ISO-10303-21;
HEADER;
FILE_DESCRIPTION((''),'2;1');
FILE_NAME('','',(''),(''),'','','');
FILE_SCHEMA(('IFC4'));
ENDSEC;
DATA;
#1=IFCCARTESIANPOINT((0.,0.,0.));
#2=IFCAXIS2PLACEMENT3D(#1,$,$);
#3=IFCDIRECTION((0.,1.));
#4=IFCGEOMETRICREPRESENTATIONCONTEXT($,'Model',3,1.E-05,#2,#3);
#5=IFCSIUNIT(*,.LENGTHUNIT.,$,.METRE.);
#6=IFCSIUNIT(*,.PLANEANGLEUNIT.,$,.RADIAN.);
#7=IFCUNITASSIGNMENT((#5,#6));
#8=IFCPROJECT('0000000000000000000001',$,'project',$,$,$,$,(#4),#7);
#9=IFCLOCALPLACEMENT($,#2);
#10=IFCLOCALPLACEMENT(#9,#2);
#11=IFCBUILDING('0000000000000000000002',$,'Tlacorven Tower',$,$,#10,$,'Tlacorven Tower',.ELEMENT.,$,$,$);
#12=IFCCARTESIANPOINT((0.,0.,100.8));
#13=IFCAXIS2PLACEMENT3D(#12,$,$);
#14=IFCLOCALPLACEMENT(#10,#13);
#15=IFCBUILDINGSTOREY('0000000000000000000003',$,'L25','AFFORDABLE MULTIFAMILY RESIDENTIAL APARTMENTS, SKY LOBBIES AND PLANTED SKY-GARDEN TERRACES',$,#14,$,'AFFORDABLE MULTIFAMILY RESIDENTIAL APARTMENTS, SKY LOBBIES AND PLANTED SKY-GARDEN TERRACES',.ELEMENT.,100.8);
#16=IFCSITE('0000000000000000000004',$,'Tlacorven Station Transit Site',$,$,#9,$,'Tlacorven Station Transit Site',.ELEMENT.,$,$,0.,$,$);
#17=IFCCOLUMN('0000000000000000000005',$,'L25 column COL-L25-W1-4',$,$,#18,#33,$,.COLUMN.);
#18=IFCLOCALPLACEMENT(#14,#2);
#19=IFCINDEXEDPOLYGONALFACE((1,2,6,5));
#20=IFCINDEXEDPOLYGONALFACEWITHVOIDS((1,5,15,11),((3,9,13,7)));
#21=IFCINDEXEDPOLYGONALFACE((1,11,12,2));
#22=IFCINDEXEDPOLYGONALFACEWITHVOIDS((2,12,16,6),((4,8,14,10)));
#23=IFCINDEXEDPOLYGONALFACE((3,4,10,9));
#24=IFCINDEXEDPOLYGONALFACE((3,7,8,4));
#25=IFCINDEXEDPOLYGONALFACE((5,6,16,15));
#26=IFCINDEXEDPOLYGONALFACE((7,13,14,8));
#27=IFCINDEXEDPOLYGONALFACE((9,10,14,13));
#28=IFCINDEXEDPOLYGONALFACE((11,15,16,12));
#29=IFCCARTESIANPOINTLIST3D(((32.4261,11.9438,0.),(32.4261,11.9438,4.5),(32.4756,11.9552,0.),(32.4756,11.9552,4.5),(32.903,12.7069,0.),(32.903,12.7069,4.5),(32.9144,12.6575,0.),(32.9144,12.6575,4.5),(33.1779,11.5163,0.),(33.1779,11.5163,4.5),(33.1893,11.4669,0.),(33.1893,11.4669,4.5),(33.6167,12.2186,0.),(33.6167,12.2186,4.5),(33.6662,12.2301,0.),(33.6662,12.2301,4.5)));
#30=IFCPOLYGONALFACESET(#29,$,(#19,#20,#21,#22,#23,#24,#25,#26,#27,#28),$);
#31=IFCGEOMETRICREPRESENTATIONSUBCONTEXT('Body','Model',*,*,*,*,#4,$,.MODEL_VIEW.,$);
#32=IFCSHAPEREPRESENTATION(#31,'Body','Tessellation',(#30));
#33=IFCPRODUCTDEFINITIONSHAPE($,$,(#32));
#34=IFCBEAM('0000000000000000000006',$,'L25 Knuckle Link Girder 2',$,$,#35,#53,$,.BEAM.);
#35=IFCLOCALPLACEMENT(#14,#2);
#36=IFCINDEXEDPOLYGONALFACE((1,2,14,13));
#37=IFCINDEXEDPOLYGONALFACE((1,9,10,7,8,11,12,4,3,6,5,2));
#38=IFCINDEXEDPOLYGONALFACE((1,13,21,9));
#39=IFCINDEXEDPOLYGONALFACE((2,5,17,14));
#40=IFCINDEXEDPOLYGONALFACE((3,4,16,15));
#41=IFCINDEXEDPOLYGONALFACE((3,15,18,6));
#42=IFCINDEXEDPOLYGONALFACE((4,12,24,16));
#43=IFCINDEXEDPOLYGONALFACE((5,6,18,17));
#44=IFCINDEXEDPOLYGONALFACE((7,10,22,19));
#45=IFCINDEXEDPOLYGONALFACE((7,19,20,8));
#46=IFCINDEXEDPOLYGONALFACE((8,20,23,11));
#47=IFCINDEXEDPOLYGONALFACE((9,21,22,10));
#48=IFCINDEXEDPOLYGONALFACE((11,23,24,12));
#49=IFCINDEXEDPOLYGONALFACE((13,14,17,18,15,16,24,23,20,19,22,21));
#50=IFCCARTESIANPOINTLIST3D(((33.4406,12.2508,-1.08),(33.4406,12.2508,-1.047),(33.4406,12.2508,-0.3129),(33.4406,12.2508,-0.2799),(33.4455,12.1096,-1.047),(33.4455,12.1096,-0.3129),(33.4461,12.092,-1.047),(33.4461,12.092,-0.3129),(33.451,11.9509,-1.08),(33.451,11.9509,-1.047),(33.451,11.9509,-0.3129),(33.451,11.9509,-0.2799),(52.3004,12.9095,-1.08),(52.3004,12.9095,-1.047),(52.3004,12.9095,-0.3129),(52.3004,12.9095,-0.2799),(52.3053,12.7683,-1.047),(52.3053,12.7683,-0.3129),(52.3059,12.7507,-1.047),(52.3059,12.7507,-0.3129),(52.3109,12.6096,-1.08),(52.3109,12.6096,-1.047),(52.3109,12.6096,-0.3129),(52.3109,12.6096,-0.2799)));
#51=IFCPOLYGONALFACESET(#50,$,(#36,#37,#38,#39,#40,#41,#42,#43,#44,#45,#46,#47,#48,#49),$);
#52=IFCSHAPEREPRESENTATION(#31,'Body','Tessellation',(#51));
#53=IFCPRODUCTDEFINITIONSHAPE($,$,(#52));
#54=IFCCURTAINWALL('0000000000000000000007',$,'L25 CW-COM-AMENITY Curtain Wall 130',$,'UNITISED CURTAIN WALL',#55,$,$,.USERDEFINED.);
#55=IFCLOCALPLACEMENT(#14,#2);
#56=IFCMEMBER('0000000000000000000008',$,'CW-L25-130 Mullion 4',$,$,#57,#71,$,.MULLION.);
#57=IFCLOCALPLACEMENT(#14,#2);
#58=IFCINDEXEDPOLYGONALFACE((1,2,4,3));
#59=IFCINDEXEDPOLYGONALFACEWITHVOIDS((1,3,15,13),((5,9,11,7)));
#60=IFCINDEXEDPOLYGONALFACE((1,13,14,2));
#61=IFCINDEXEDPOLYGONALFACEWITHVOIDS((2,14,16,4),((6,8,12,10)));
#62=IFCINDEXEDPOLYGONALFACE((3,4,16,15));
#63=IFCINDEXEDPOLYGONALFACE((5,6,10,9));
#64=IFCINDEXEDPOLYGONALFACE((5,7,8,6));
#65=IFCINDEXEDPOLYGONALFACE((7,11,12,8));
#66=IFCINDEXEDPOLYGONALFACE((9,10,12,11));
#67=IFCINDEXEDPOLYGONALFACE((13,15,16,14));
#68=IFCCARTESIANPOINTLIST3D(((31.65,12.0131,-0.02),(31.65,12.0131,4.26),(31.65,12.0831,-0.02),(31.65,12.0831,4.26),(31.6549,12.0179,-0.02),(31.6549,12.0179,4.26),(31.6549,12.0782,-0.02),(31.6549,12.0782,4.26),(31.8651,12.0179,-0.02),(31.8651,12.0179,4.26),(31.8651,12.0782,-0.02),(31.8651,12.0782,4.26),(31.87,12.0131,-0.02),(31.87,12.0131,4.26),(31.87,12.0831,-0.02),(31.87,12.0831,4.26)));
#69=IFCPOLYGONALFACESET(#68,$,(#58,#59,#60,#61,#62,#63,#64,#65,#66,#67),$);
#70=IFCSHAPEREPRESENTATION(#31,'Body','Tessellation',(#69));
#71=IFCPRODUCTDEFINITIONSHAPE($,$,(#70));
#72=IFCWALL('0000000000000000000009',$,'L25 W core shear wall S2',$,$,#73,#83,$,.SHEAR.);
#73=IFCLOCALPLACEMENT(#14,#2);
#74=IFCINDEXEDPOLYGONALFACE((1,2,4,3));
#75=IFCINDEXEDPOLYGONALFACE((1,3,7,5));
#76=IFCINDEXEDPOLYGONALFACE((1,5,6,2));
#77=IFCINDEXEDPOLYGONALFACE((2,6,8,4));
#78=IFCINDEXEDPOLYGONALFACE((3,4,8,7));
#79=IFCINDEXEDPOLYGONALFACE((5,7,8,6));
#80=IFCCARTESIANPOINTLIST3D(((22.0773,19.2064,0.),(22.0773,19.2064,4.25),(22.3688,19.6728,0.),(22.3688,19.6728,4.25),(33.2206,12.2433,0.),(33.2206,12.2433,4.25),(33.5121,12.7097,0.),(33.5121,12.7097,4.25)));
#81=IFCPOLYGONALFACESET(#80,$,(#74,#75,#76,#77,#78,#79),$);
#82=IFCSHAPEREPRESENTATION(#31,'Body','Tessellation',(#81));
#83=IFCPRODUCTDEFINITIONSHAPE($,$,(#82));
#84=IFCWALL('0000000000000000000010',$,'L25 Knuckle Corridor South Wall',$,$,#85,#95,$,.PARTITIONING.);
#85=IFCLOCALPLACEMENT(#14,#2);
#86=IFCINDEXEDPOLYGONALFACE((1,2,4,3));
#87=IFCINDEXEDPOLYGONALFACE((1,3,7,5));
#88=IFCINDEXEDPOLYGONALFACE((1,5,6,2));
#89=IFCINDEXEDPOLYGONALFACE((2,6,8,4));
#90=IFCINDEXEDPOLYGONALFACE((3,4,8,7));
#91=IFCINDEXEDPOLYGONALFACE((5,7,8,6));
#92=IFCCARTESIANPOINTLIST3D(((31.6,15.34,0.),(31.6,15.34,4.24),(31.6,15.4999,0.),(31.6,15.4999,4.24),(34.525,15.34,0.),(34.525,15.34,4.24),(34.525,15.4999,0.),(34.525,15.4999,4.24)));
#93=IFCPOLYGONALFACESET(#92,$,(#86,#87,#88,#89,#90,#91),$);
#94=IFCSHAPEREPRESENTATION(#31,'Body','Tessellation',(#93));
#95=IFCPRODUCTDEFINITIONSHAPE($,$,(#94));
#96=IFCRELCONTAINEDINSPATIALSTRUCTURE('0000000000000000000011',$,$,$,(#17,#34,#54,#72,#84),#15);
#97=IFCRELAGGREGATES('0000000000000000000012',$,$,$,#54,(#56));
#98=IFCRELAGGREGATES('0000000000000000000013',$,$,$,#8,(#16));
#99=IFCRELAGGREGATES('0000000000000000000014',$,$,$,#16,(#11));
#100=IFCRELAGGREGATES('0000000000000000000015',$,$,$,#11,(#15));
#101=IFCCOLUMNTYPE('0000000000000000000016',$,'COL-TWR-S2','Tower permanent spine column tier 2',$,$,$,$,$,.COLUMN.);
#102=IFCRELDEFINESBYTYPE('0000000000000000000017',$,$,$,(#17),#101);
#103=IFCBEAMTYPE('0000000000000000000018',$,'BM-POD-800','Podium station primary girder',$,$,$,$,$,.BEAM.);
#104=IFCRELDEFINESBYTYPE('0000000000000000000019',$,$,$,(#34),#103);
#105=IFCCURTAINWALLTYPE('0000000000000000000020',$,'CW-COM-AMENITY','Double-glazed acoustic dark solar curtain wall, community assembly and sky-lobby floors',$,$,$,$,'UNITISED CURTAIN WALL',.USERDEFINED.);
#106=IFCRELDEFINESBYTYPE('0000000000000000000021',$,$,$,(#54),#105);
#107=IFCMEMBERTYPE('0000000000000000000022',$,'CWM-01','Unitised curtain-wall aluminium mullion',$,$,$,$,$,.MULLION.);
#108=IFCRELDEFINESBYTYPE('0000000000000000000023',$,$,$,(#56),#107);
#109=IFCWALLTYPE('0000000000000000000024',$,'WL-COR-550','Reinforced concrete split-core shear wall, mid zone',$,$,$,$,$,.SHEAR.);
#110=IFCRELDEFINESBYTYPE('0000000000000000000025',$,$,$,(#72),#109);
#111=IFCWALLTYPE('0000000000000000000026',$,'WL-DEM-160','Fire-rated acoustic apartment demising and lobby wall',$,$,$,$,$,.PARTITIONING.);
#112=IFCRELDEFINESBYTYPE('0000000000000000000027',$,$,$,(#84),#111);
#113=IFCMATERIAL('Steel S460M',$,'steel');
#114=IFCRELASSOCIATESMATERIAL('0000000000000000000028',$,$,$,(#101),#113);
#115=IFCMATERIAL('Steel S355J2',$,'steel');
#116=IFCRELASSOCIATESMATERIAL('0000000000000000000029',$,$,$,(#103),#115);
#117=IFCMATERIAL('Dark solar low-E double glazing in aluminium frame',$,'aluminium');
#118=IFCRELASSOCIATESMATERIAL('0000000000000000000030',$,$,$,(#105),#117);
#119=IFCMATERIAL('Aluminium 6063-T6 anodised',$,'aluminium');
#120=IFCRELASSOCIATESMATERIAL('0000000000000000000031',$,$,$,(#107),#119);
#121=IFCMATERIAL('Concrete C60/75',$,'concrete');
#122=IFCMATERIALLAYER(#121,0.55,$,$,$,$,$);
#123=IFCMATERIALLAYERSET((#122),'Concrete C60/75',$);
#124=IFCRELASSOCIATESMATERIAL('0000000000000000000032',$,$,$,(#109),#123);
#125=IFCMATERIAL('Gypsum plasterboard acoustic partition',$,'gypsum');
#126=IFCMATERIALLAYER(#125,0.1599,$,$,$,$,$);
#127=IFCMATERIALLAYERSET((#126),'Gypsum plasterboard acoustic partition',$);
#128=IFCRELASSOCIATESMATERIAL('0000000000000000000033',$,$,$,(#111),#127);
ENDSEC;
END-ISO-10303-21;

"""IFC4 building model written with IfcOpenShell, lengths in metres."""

from ifc_helpers import new_model, si_unit, direction, frame, frame_2d, origin, origin_2d, place, context, subcontext, project, spatial, rectangle, hollow_rectangle, i_section, extrude, source, transform, mapped, material, layer, layer_set, material_profile, profile_set, type_object, element, aggregate, save


model = new_model("IFC4")

# Units and contexts
model_context = context("Model", 3, precision=1e-05, world=origin(), true_north=direction((0.0, 1.0)))
body_context = subcontext(model_context, "Body", "Model", "MODEL_VIEW")
ifc_project = project(units=[si_unit("LENGTHUNIT", "METRE"), si_unit("PLANEANGLEUNIT", "RADIAN")], contexts=[model_context])

# Site, building, storey
site_placement = place(None, origin())
site = spatial("IfcSite", under=ifc_project, at=site_placement, Name="Tlacorven Station Transit Site", LongName="Tlacorven Station Transit Site", CompositionType="ELEMENT", RefElevation=0.0)
building_placement = place(site_placement, origin())
building = spatial("IfcBuilding", under=site, at=building_placement, Name="Tlacorven Tower", LongName="Tlacorven Tower", CompositionType="ELEMENT")
storey_placement = place(building_placement, frame((0.0, 0.0, 100.8)))
storey = spatial("IfcBuildingStorey", under=building, at=storey_placement, Name="L25", Description="AFFORDABLE MULTIFAMILY RESIDENTIAL APARTMENTS, SKY LOBBIES AND PLANTED SKY-GARDEN TERRACES", LongName="AFFORDABLE MULTIFAMILY RESIDENTIAL APARTMENTS, SKY LOBBIES AND PLANTED SKY-GARDEN TERRACES", CompositionType="ELEMENT", Elevation=100.8)

# Column
ifc_material_1 = material(Name="Steel S460M", Category="steel")
ifc_material_profile_1 = material_profile(ifc_material_1, hollow_rectangle(XDim=0.8999, YDim=0.8999, WallThickness=0.0359, at=origin_2d()), Name="BOX 900X900X36")
ifc_profile_set_1 = profile_set([ifc_material_profile_1], Name="Steel S460M")
column_type = type_object("IfcColumnType", Name="COL-TWR-S2", Description="Tower permanent spine column tier 2", PredefinedType="COLUMN", material=ifc_profile_set_1)
shared_shape_1 = source(origin(), body_context, "Body", "SweptSolid", [
    extrude(hollow_rectangle(XDim=0.8999, YDim=0.8999, WallThickness=0.0359, at=origin_2d()), origin(), (0.0, 0.0, 1.0), 4.5),
])
column_placement = place(storey_placement, frame((33.0461, 12.0869, 0.0), z_axis=(0.0, 0.0, 1.0), x_axis=(-0.848048, 0.529919, 0.0)))
element("IfcColumn", 1, at=column_placement, inside=storey, type_object=column_type, Name="L25 column COL-L25-W1-4", PredefinedType="COLUMN", context=body_context, shape_type="MappedRepresentation", body=[
    mapped(shared_shape_1, transform((0.0, 0.0, 0.0), scale=1.0)),
])

# Beam
ifc_material_2 = material(Name="Steel S355J2", Category="steel")
ifc_material_profile_2 = material_profile(ifc_material_2, i_section(OverallWidth=0.3, OverallDepth=0.8, WebThickness=0.0176, FlangeThickness=0.033, at=origin_2d()), Name="HEB 800")
ifc_profile_set_2 = profile_set([ifc_material_profile_2], Name="Steel S355J2")
beam_type = type_object("IfcBeamType", Name="BM-POD-800", Description="Podium station primary girder", PredefinedType="BEAM", material=ifc_profile_set_2)
shared_shape_2 = source(origin(), body_context, "Body", "SweptSolid", [
    extrude(i_section(OverallWidth=0.3, OverallDepth=0.8, WebThickness=0.0176, FlangeThickness=0.033, at=origin_2d()), origin(), (0.0, 0.0, 1.0), 18.8713),
])
beam_placement = place(storey_placement, frame((33.4458, 12.1008, -0.6799), z_axis=(0.999391, 0.034904, 0.0), x_axis=(-0.034904, 0.999391, 0.0)))
element("IfcBeam", 2, at=beam_placement, inside=storey, type_object=beam_type, Name="L25 Knuckle Link Girder 2", PredefinedType="BEAM", context=body_context, shape_type="MappedRepresentation", body=[
    mapped(shared_shape_2, transform((0.0, 0.0, 0.0), scale=1.0)),
])

# Curtain wall, member
ifc_material_3 = material(Name="Dark solar low-E double glazing in aluminium frame", Category="aluminium")
curtain_wall_type = type_object("IfcCurtainWallType", Name="CW-COM-AMENITY", Description="Double-glazed acoustic dark solar curtain wall, community assembly and sky-lobby floors", ElementType="UNITISED CURTAIN WALL", PredefinedType="USERDEFINED", material=ifc_material_3)
curtain_wall_placement = place(storey_placement, origin())
curtain_wall = element("IfcCurtainWall", 3, at=curtain_wall_placement, inside=storey, type_object=curtain_wall_type, Name="L25 CW-COM-AMENITY Curtain Wall 130", ObjectType="UNITISED CURTAIN WALL", PredefinedType="USERDEFINED")
ifc_material_4 = material(Name="Aluminium 6063-T6 anodised", Category="aluminium")
ifc_material_profile_3 = material_profile(ifc_material_4, hollow_rectangle(XDim=0.0701, YDim=0.22, WallThickness=0.0049, at=origin_2d()), Name="ALU MULLION 70X220")
ifc_profile_set_3 = profile_set([ifc_material_profile_3], Name="Aluminium 6063-T6 anodised")
member_type = type_object("IfcMemberType", Name="CWM-01", Description="Unitised curtain-wall aluminium mullion", PredefinedType="MULLION", material=ifc_profile_set_3)
shared_shape_3 = source(origin(), body_context, "Body", "SweptSolid", [
    extrude(hollow_rectangle(XDim=0.0701, YDim=0.22, WallThickness=0.0049, at=origin_2d()), origin(), (0.0, 0.0, 1.0), 4.28),
])
member_placement = place(storey_placement, frame((31.76, 12.0481, -0.02), z_axis=(0.0, 0.0, 1.0), x_axis=(0.0, 1.0, 0.0)))
member = element("IfcMember", 4, at=member_placement, type_object=member_type, Name="CW-L25-130 Mullion 4", PredefinedType="MULLION", context=body_context, shape_type="MappedRepresentation", body=[
    mapped(shared_shape_3, transform((0.0, 0.0, 0.0), scale=1.0)),
])
aggregate(curtain_wall, [member])

# Walls
ifc_material_5 = material(Name="Concrete C60/75", Category="concrete")
ifc_layer_1 = layer(ifc_material_5, 0.55)
ifc_layer_set_1 = layer_set([ifc_layer_1], Name="Concrete C60/75")
wall_type_1 = type_object("IfcWallType", Name="WL-COR-550", Description="Reinforced concrete split-core shear wall, mid zone", PredefinedType="SHEAR", material=ifc_layer_set_1)
wall_1_placement = place(storey_placement, frame((33.3662, 12.4766, 0.0), z_axis=(0.0, 0.0, 1.0), x_axis=(-0.848047, 0.52992, 0.0)))
element("IfcWall", 5, at=wall_1_placement, inside=storey, type_object=wall_type_1, Name="L25 W core shear wall S2", PredefinedType="SHEAR", context=body_context, shape_type="SweptSolid", body=[
    extrude(rectangle(XDim=13.1399, YDim=0.55, at=frame_2d((6.5698, 0.0))), origin(), (0.0, 0.0, 1.0), 4.25),
])
ifc_material_6 = material(Name="Gypsum plasterboard acoustic partition", Category="gypsum")
ifc_layer_2 = layer(ifc_material_6, 0.1599)
ifc_layer_set_2 = layer_set([ifc_layer_2], Name="Gypsum plasterboard acoustic partition")
wall_type_2 = type_object("IfcWallType", Name="WL-DEM-160", Description="Fire-rated acoustic apartment demising and lobby wall", PredefinedType="PARTITIONING", material=ifc_layer_set_2)
wall_2_placement = place(storey_placement, frame((31.6001, 15.4199, 0.0), z_axis=(0.0, 0.0, 1.0), x_axis=(1.0, 0.0, 0.0)))
element("IfcWall", 6, at=wall_2_placement, inside=storey, type_object=wall_type_2, Name="L25 Knuckle Corridor South Wall", PredefinedType="PARTITIONING", context=body_context, shape_type="SweptSolid", body=[
    extrude(rectangle(XDim=2.925, YDim=0.1599, at=frame_2d((1.4624, 0.0))), origin(), (0.0, 0.0, 1.0), 4.24),
])

save(model, "model.ifc")
